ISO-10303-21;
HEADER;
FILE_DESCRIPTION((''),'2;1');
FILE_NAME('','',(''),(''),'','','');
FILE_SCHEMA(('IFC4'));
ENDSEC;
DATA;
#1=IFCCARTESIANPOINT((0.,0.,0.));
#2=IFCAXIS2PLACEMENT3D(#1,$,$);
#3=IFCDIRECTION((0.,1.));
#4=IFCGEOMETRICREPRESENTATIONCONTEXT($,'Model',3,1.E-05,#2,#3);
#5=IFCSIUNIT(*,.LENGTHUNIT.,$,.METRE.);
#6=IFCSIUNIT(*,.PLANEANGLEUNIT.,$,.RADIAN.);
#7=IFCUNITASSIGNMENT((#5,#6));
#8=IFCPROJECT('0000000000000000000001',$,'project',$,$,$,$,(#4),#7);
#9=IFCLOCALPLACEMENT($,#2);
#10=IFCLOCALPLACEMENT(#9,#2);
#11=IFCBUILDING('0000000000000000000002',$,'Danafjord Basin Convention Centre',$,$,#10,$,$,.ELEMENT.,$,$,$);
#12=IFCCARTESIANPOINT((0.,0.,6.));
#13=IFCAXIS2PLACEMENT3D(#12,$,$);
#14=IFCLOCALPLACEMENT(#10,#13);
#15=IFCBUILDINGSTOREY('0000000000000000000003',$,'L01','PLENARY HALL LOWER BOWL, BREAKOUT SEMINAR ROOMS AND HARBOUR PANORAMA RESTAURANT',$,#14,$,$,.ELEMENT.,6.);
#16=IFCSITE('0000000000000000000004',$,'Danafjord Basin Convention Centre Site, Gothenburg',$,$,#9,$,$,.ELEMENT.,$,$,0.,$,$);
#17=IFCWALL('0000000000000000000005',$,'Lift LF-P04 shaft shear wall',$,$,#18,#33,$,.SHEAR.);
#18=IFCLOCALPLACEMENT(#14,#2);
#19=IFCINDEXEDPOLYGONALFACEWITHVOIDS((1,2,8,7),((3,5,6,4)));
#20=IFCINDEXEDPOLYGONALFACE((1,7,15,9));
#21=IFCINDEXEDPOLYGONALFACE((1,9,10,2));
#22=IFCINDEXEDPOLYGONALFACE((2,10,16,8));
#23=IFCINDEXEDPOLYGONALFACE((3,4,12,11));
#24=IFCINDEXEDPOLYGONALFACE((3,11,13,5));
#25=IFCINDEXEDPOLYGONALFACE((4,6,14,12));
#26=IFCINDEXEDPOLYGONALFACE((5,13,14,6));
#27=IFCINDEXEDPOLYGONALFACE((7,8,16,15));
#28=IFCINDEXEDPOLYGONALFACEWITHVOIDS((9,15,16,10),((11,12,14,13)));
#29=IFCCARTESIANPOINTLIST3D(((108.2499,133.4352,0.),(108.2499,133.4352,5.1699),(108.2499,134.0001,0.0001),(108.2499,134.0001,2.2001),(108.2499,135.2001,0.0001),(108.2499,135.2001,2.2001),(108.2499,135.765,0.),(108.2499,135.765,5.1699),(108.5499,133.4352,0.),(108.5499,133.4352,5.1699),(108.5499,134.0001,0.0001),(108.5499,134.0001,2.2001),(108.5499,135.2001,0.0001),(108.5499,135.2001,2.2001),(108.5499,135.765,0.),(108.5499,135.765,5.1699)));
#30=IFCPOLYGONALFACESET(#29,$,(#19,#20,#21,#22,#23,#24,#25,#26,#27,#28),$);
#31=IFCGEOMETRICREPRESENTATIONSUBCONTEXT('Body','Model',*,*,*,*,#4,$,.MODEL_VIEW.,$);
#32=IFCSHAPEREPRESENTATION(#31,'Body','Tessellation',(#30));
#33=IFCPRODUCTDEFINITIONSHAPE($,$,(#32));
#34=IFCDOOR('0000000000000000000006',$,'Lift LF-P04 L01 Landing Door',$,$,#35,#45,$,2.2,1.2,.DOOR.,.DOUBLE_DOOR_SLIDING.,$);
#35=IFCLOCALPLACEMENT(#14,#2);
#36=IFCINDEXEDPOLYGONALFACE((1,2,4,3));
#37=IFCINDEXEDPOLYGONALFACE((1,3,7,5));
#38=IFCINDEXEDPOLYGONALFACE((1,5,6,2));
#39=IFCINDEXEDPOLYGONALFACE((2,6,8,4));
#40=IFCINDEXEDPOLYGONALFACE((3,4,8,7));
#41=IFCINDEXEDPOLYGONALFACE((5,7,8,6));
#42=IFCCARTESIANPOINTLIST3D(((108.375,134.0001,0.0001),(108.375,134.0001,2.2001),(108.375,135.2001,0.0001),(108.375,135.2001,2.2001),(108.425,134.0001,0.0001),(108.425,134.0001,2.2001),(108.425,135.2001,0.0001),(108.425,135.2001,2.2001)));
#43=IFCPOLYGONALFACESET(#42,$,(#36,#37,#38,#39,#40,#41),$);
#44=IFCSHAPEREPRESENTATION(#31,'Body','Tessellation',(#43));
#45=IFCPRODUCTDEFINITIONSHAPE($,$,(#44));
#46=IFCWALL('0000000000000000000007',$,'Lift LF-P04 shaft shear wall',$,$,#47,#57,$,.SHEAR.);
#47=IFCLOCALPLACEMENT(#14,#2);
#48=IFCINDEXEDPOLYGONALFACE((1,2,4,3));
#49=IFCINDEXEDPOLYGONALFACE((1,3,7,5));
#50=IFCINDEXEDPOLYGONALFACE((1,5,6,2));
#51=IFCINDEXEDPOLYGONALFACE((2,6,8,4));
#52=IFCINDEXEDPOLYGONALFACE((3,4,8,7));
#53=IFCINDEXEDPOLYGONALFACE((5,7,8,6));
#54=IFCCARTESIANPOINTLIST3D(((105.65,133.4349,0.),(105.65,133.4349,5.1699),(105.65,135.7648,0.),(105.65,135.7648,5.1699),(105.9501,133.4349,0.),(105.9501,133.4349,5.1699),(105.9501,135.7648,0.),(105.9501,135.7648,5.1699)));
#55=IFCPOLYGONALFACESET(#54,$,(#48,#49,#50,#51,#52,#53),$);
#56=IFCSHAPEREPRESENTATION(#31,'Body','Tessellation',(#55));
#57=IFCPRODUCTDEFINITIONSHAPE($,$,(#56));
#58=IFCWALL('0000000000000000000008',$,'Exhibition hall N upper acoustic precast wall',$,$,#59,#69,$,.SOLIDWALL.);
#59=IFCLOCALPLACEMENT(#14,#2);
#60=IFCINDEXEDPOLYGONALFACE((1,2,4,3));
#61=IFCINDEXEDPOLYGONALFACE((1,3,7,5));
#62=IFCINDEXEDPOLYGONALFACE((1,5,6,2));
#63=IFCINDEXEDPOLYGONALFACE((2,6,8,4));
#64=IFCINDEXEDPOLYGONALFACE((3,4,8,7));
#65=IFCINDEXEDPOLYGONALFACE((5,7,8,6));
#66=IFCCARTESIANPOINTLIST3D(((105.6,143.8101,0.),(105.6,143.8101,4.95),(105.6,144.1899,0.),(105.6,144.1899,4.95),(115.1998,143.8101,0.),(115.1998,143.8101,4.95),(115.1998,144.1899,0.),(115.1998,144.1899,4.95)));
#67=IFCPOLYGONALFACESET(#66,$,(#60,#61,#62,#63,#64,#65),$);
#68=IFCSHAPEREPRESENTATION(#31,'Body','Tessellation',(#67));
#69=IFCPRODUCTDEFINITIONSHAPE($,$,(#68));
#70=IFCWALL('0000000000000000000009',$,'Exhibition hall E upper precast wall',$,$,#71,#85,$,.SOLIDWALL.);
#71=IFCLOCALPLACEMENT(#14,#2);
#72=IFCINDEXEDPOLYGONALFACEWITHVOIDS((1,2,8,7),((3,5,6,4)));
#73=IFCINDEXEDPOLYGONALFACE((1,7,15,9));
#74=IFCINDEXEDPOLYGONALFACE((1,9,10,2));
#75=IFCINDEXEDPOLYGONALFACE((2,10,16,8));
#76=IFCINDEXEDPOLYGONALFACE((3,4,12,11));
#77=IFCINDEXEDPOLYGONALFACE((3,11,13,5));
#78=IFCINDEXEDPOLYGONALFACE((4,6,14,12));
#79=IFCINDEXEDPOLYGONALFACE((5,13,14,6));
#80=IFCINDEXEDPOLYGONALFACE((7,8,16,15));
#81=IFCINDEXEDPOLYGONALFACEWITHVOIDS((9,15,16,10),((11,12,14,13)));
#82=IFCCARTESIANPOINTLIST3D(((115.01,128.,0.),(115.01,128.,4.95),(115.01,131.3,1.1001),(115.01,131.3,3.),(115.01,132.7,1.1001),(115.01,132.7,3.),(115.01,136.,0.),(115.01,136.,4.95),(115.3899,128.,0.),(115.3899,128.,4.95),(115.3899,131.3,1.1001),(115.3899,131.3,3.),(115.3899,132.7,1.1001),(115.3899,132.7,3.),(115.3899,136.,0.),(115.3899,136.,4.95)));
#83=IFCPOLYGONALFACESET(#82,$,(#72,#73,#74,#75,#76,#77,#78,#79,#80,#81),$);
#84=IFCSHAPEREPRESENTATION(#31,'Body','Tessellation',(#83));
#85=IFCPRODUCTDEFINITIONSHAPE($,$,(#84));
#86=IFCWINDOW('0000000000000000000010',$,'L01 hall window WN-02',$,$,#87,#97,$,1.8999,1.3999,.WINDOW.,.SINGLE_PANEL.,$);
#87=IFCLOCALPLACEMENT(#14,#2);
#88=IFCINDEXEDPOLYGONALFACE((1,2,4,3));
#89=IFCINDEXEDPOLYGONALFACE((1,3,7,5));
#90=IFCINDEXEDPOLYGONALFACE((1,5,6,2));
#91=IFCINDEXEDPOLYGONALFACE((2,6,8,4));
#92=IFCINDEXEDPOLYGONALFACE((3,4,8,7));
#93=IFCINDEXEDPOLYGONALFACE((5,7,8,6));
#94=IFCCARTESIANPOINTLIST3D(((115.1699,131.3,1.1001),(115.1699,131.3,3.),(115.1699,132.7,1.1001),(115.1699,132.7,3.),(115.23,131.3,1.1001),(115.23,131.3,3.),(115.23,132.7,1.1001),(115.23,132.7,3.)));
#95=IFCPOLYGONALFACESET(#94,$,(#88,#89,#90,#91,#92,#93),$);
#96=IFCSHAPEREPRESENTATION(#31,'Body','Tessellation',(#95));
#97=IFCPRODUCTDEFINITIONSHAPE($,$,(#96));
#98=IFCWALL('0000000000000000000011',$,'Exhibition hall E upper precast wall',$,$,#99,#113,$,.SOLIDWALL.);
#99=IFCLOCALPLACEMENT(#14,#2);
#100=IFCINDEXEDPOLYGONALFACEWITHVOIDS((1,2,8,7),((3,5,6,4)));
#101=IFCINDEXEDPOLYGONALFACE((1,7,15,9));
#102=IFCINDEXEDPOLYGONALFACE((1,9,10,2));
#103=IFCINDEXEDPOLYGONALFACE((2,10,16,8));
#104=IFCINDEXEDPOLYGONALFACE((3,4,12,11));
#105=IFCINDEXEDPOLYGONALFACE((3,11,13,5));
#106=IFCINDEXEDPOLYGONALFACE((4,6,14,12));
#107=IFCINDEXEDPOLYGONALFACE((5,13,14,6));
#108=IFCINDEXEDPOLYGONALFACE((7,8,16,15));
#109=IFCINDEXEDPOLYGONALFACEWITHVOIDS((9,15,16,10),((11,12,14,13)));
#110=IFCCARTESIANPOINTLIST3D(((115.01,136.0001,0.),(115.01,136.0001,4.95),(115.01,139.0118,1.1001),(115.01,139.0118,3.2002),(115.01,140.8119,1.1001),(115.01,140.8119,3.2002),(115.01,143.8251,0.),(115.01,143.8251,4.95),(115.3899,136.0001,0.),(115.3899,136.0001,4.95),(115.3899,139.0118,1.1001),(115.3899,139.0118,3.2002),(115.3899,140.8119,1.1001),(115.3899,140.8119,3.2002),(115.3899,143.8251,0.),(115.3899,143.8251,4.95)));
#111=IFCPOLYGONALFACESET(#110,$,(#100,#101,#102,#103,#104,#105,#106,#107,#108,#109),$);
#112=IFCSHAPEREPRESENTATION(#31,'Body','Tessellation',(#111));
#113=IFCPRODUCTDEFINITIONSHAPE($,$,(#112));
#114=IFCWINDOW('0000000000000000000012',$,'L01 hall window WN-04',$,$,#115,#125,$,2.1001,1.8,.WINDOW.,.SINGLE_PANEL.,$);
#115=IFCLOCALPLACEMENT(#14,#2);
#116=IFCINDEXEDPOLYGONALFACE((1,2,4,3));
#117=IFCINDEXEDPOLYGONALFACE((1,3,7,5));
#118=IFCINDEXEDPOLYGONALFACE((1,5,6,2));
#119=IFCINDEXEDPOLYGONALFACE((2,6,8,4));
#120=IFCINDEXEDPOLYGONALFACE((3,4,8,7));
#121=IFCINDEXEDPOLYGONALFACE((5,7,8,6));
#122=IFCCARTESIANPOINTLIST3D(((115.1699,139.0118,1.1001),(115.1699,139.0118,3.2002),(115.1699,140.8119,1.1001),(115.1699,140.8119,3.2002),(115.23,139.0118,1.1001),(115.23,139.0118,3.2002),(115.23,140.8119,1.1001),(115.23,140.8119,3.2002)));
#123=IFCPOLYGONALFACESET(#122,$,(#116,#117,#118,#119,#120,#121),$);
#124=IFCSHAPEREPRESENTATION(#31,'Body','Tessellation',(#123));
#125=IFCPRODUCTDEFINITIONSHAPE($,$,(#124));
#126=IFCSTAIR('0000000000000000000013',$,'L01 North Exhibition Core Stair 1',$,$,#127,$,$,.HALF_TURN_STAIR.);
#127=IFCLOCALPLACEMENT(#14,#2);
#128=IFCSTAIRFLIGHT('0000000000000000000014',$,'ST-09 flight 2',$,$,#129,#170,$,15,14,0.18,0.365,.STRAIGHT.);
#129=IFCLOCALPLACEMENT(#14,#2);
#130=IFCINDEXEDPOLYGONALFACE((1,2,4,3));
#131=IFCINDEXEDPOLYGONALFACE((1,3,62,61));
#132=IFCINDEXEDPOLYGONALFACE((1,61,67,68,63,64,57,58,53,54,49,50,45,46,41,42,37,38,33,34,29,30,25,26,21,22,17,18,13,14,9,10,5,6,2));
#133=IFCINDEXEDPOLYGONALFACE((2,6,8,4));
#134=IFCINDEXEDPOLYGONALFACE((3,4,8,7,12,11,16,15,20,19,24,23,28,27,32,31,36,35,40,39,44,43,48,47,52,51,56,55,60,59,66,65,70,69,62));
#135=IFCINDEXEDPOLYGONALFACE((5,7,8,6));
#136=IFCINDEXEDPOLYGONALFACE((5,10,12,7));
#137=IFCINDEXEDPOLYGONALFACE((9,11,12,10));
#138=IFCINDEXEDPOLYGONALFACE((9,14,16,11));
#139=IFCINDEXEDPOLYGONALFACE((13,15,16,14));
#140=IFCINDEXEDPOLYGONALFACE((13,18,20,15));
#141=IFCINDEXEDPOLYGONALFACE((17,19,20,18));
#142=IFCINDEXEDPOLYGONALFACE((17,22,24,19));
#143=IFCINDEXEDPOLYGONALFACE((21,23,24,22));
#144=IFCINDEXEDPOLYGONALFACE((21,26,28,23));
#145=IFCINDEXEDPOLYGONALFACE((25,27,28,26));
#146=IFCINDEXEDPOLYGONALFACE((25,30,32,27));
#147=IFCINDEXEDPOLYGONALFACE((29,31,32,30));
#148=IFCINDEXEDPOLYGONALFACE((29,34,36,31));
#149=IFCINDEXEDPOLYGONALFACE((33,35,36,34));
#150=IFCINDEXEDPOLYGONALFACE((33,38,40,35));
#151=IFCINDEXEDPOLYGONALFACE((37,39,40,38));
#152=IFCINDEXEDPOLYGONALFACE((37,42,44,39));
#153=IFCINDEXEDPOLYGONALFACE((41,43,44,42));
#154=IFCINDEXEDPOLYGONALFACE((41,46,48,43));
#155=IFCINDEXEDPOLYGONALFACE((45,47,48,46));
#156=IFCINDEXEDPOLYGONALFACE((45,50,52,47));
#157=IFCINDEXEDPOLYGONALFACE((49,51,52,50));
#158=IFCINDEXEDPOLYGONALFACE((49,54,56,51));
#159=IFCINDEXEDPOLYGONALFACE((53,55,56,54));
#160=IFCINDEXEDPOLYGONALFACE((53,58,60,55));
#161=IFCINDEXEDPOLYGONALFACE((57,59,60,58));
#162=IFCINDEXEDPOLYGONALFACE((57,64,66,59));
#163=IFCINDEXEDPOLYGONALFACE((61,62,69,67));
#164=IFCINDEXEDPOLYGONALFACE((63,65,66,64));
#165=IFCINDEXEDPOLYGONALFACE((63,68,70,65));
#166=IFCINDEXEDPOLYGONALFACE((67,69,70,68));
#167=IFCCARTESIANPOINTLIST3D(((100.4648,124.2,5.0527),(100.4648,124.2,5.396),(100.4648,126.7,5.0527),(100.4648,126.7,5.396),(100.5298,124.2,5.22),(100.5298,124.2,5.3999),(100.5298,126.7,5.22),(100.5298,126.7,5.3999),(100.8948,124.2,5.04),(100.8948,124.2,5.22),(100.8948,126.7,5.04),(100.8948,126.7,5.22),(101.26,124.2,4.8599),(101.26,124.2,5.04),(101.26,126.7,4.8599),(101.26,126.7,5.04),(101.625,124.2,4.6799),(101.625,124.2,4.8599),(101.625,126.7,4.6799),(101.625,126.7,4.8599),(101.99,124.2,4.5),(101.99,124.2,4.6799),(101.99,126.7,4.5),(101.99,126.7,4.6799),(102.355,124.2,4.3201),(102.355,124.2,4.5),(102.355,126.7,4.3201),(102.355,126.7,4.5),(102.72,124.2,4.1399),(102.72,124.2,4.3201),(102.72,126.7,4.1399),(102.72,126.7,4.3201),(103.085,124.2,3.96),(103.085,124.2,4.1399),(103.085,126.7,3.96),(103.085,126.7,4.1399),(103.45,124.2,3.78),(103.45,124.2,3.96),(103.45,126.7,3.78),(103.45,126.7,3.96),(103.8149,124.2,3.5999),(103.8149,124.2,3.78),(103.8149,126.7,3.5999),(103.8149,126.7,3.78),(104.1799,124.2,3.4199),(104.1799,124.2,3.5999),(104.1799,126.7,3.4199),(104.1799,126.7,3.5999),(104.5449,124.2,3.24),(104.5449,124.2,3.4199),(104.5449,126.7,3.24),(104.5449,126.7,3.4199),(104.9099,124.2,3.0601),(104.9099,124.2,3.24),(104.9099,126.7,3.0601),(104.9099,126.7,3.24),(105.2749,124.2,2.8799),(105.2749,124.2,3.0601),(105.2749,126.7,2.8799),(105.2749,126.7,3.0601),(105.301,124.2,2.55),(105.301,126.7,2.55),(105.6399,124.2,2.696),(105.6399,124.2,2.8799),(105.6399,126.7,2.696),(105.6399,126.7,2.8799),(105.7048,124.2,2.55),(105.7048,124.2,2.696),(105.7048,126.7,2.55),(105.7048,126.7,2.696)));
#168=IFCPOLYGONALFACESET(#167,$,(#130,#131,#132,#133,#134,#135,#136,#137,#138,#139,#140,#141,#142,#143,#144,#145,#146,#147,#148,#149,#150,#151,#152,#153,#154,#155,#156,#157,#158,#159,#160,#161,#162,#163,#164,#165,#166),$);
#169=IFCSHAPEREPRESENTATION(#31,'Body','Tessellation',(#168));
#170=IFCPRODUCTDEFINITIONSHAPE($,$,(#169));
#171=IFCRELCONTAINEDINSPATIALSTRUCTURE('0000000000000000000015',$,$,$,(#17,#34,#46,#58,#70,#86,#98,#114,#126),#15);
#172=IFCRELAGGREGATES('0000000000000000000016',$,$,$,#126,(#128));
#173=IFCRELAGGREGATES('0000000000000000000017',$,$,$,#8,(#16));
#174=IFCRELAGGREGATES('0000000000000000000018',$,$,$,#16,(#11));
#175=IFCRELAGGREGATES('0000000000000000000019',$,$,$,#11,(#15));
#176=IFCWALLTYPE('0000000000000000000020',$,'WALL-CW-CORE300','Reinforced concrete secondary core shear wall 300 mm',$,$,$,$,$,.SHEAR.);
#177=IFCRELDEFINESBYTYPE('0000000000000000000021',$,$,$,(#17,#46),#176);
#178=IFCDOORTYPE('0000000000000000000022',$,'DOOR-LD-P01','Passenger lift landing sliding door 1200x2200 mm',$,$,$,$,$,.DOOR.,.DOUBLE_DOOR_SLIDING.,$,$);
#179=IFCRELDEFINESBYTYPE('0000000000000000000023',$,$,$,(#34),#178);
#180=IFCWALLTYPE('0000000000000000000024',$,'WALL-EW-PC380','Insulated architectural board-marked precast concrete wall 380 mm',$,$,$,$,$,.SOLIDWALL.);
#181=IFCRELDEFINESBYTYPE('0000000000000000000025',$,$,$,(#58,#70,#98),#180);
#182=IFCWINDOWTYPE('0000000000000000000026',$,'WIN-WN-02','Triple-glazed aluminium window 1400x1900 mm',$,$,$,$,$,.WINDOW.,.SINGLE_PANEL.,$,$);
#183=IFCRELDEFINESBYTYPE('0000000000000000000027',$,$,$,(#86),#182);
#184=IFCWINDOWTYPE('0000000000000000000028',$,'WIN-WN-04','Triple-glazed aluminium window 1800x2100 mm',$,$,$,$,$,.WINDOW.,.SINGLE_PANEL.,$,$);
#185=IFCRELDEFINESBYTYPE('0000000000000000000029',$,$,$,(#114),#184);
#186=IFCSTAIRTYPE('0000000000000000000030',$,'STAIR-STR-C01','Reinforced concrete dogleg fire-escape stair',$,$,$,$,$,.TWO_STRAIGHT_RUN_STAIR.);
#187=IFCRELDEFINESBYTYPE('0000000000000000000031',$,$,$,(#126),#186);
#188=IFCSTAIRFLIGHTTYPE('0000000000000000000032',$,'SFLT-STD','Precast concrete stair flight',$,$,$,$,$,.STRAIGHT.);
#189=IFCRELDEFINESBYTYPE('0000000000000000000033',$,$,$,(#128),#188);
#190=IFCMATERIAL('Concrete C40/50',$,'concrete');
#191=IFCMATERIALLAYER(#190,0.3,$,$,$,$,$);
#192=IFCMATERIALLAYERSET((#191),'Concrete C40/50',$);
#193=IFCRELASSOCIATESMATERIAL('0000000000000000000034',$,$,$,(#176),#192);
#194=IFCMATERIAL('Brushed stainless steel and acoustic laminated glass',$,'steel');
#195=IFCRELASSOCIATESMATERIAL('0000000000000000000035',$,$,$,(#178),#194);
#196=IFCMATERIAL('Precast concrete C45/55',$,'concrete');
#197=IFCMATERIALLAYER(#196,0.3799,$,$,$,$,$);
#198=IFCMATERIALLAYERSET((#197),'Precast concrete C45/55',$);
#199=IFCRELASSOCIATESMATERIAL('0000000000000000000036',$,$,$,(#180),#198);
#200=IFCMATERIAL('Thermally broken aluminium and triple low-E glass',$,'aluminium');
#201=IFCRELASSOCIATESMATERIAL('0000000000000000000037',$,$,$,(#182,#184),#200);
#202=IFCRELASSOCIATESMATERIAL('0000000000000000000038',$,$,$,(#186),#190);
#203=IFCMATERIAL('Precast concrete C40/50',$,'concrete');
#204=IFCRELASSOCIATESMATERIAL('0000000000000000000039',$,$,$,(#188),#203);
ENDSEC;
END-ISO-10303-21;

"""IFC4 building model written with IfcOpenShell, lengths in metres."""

from ifc_helpers import new_model, si_unit, direction, frame, frame_2d, origin, place, context, subcontext, project, spatial, polyline, rectangle, outline, extrude, material, layer, layer_set, type_object, element, fill, aggregate, save


model = new_model("IFC4")

# Units and contexts
model_context = context("Model", 3, precision=1e-05, world=origin(), true_north=direction((0.0, 1.0)))
body_context = subcontext(model_context, "Body", "Model", "MODEL_VIEW")
ifc_project = project(units=[si_unit("LENGTHUNIT", "METRE"), si_unit("PLANEANGLEUNIT", "RADIAN")], contexts=[model_context])

# Site, building, storey
site_placement = place(None, origin())
site = spatial("IfcSite", under=ifc_project, at=site_placement, Name="Danafjord Basin Convention Centre Site, Gothenburg", CompositionType="ELEMENT", RefElevation=0.0)
building_placement = place(site_placement, origin())
building = spatial("IfcBuilding", under=site, at=building_placement, Name="Danafjord Basin Convention Centre", CompositionType="ELEMENT")
storey_placement = place(building_placement, frame((0.0, 0.0, 6.0)))
storey = spatial("IfcBuildingStorey", under=building, at=storey_placement, Name="L01", Description="PLENARY HALL LOWER BOWL, BREAKOUT SEMINAR ROOMS AND HARBOUR PANORAMA RESTAURANT", CompositionType="ELEMENT", Elevation=6.0)

# Shared definitions
ifc_material_1 = material(Name="Precast concrete C45/55", Category="concrete")

# Shared definitions
ifc_material_2 = material(Name="Concrete C40/50", Category="concrete")
ifc_layer_1 = layer(ifc_material_2, 0.3)
ifc_layer_set_1 = layer_set([ifc_layer_1], Name="Concrete C40/50")
wall_type_1 = type_object("IfcWallType", Name="WALL-CW-CORE300", Description="Reinforced concrete secondary core shear wall 300 mm", PredefinedType="SHEAR", material=ifc_layer_set_1)

# Wall, opening, door
wall_1_placement = place(storey_placement, frame((108.3999, 133.4351, 0.0), z_axis=(0.0, 0.0, 1.0), x_axis=(0.0, 1.0, 0.0)))
wall_1 = element("IfcWall", 1, at=wall_1_placement, inside=storey, type_object=wall_type_1, Name="Lift LF-P04 shaft shear wall", PredefinedType="SHEAR", context=body_context, shape_type="SweptSolid", body=[
    extrude(rectangle(XDim=2.3298, YDim=0.3, at=frame_2d((1.165, 0.0))), origin(), (0.0, 0.0, 1.0), 5.1699),
])
opening_1_placement = place(wall_1_placement, frame((0.5649, 0.0, 0.0)))
opening_1 = element("IfcOpeningElement", 2, at=opening_1_placement, cuts=wall_1, PredefinedType="OPENING", context=body_context, shape_type="SweptSolid", body=[
    extrude(rectangle(XDim=1.2, YDim=2.2, at=frame_2d((0.6001, 1.1001))), frame((0.0, 0.1599, 0.0), z_axis=(0.0, -1.0, 0.0), x_axis=(1.0, 0.0, 0.0)), (0.0, 0.0, 1.0), 0.3201),
])
ifc_material_3 = material(Name="Brushed stainless steel and acoustic laminated glass", Category="steel")
door_type = type_object("IfcDoorType", Name="DOOR-LD-P01", Description="Passenger lift landing sliding door 1200x2200 mm", OperationType="DOUBLE_DOOR_SLIDING", PredefinedType="DOOR", material=ifc_material_3)
door_placement = place(opening_1_placement, origin())
door = element("IfcDoor", 3, at=door_placement, inside=storey, type_object=door_type, Name="Lift LF-P04 L01 Landing Door", OperationType="DOUBLE_DOOR_SLIDING", OverallHeight=2.2, OverallWidth=1.2, PredefinedType="DOOR", context=body_context, shape_type="SweptSolid", body=[
    extrude(rectangle(XDim=1.2, YDim=2.2, at=frame_2d((0.6001, 1.1001))), frame((0.0, 0.0249, 0.0), z_axis=(0.0, -1.0, 0.0), x_axis=(1.0, 0.0, 0.0)), (0.0, 0.0, 1.0), 0.05),
])
fill(opening_1, door)

# Walls
wall_2_placement = place(storey_placement, frame((105.8, 135.7649, 0.0), z_axis=(0.0, 0.0, 1.0), x_axis=(0.0, -1.0, 0.0)))
element("IfcWall", 4, at=wall_2_placement, inside=storey, type_object=wall_type_1, Name="Lift LF-P04 shaft shear wall", PredefinedType="SHEAR", context=body_context, shape_type="SweptSolid", body=[
    extrude(rectangle(XDim=2.3298, YDim=0.3, at=frame_2d((1.165, 0.0))), origin(), (0.0, 0.0, 1.0), 5.1699),
])
ifc_layer_2 = layer(ifc_material_1, 0.3799)
ifc_layer_set_2 = layer_set([ifc_layer_2], Name="Precast concrete C45/55")
wall_type_2 = type_object("IfcWallType", Name="WALL-EW-PC380", Description="Insulated architectural board-marked precast concrete wall 380 mm", PredefinedType="SOLIDWALL", material=ifc_layer_set_2)
wall_3_placement = place(storey_placement, frame((105.6001, 144.0, 0.0), z_axis=(0.0, 0.0, 1.0), x_axis=(1.0, 0.0, 0.0)))
element("IfcWall", 5, at=wall_3_placement, inside=storey, type_object=wall_type_2, Name="Exhibition hall N upper acoustic precast wall", PredefinedType="SOLIDWALL", context=body_context, shape_type="SweptSolid", body=[
    extrude(rectangle(XDim=9.5999, YDim=0.3799, at=frame_2d((4.7998, 0.0))), origin(), (0.0, 0.0, 1.0), 4.95),
])

# Walls, openings, windows
wall_4_placement = place(storey_placement, frame((115.2, 128.0, 0.0), z_axis=(0.0, 0.0, 1.0), x_axis=(0.0, 1.0, 0.0)))
wall_4 = element("IfcWall", 6, at=wall_4_placement, inside=storey, type_object=wall_type_2, Name="Exhibition hall E upper precast wall", PredefinedType="SOLIDWALL", context=body_context, shape_type="SweptSolid", body=[
    extrude(rectangle(XDim=8.0, YDim=0.3799, at=frame_2d((4.0, 0.0))), origin(), (0.0, 0.0, 1.0), 4.95),
])
opening_2_placement = place(wall_4_placement, frame((3.3, 0.0, 1.1001)))
opening_2 = element("IfcOpeningElement", 7, at=opening_2_placement, cuts=wall_4, PredefinedType="OPENING", context=body_context, shape_type="SweptSolid", body=[
    extrude(rectangle(XDim=1.3999, YDim=1.8999, at=frame_2d((0.7, 0.95))), frame((0.0, 0.2, 0.0), z_axis=(0.0, -1.0, 0.0), x_axis=(1.0, 0.0, 0.0)), (0.0, 0.0, 1.0), 0.3999),
])
ifc_material_4 = material(Name="Thermally broken aluminium and triple low-E glass", Category="aluminium")
window_type_1 = type_object("IfcWindowType", Name="WIN-WN-02", Description="Triple-glazed aluminium window 1400x1900 mm", PartitioningType="SINGLE_PANEL", PredefinedType="WINDOW", material=ifc_material_4)
window_1_placement = place(opening_2_placement, origin())
window_1 = element("IfcWindow", 8, at=window_1_placement, inside=storey, type_object=window_type_1, Name="L01 hall window WN-02", OverallHeight=1.8999, OverallWidth=1.3999, PartitioningType="SINGLE_PANEL", PredefinedType="WINDOW", context=body_context, shape_type="SweptSolid", body=[
    extrude(rectangle(XDim=1.3999, YDim=1.8999, at=frame_2d((0.7, 0.95))), frame((0.0, 0.03, 0.0), z_axis=(0.0, -1.0, 0.0), x_axis=(1.0, 0.0, 0.0)), (0.0, 0.0, 1.0), 0.0601),
])
fill(opening_2, window_1)
wall_5_placement = place(storey_placement, frame((115.2, 136.0, 0.0), z_axis=(0.0, 0.0, 1.0), x_axis=(0.0, 1.0, 0.0)))
wall_5 = element("IfcWall", 9, at=wall_5_placement, inside=storey, type_object=wall_type_2, Name="Exhibition hall E upper precast wall", PredefinedType="SOLIDWALL", context=body_context, shape_type="SweptSolid", body=[
    extrude(rectangle(XDim=7.825, YDim=0.3799, at=frame_2d((3.9126, 0.0))), origin(), (0.0, 0.0, 1.0), 4.95),
])
opening_3_placement = place(wall_5_placement, frame((3.012, 0.0, 1.1001)))
opening_3 = element("IfcOpeningElement", 10, at=opening_3_placement, cuts=wall_5, PredefinedType="OPENING", context=body_context, shape_type="SweptSolid", body=[
    extrude(rectangle(XDim=1.8, YDim=2.1001, at=frame_2d((0.8999, 1.05))), frame((0.0, 0.2, 0.0), z_axis=(0.0, -1.0, 0.0), x_axis=(1.0, 0.0, 0.0)), (0.0, 0.0, 1.0), 0.3999),
])
window_type_2 = type_object("IfcWindowType", Name="WIN-WN-04", Description="Triple-glazed aluminium window 1800x2100 mm", PartitioningType="SINGLE_PANEL", PredefinedType="WINDOW", material=ifc_material_4)
window_2_placement = place(opening_3_placement, origin())
window_2 = element("IfcWindow", 11, at=window_2_placement, inside=storey, type_object=window_type_2, Name="L01 hall window WN-04", OverallHeight=2.1001, OverallWidth=1.8, PartitioningType="SINGLE_PANEL", PredefinedType="WINDOW", context=body_context, shape_type="SweptSolid", body=[
    extrude(rectangle(XDim=1.8, YDim=2.1001, at=frame_2d((0.8999, 1.05))), frame((0.0, 0.03, 0.0), z_axis=(0.0, -1.0, 0.0), x_axis=(1.0, 0.0, 0.0)), (0.0, 0.0, 1.0), 0.0601),
])
fill(opening_3, window_2)

# Stair, stair flight
stair_type = type_object("IfcStairType", Name="STAIR-STR-C01", Description="Reinforced concrete dogleg fire-escape stair", PredefinedType="TWO_STRAIGHT_RUN_STAIR", material=ifc_material_2)
stair_placement = place(storey_placement, origin())
stair = element("IfcStair", 12, at=stair_placement, inside=storey, type_object=stair_type, Name="L01 North Exhibition Core Stair 1", PredefinedType="HALF_TURN_STAIR")
ifc_material_5 = material(Name="Precast concrete C40/50", Category="concrete")
stair_flight_type = type_object("IfcStairFlightType", Name="SFLT-STD", Description="Precast concrete stair flight", PredefinedType="STRAIGHT", material=ifc_material_5)
stair_flight_placement = place(storey_placement, frame((105.6399, 125.45, 2.7), z_axis=(0.0, 0.0, 1.0), x_axis=(-1.0, 0.0, 0.0)))
stair_flight = element("IfcStairFlight", 13, at=stair_flight_placement, type_object=stair_flight_type, Name="ST-09 flight 2", NumberOfRisers=15, NumberOfTreads=14, PredefinedType="STRAIGHT", RiserHeight=0.18, TreadLength=0.365, context=body_context, shape_type="SweptSolid", body=[
    extrude(outline(polyline([(-0.0649, -0.1499), (-0.0649, -0.0039), (0.0, -0.0039), (0.0, 0.1799), (0.365, 0.1799), (0.365, 0.3601), (0.73, 0.3601), (0.73, 0.54), (1.095, 0.54), (1.095, 0.72), (1.46, 0.72), (1.46, 0.8999), (1.825, 0.8999), (1.825, 1.0801), (2.1899, 1.0801), (2.1899, 1.26), (2.5549, 1.26), (2.5549, 1.4399), (2.9199, 1.4399), (2.9199, 1.6201), (3.2849, 1.6201), (3.2849, 1.8), (3.6499, 1.8), (3.6499, 1.98), (4.0149, 1.98), (4.0149, 2.1599), (4.3799, 2.1599), (4.3799, 2.3401), (4.7451, 2.3401), (4.7451, 2.52), (5.1101, 2.52), (5.1101, 2.7), (5.175, 2.696), (5.175, 2.3528), (0.3389, -0.1499), (-0.0649, -0.1499)])), frame((0.0, 1.25, 0.0), z_axis=(0.0, -1.0, 0.0), x_axis=(1.0, 0.0, 0.0)), (0.0, 0.0, 1.0), 2.5),
])
aggregate(stair, [stair_flight])

save(model, "model.ifc")
